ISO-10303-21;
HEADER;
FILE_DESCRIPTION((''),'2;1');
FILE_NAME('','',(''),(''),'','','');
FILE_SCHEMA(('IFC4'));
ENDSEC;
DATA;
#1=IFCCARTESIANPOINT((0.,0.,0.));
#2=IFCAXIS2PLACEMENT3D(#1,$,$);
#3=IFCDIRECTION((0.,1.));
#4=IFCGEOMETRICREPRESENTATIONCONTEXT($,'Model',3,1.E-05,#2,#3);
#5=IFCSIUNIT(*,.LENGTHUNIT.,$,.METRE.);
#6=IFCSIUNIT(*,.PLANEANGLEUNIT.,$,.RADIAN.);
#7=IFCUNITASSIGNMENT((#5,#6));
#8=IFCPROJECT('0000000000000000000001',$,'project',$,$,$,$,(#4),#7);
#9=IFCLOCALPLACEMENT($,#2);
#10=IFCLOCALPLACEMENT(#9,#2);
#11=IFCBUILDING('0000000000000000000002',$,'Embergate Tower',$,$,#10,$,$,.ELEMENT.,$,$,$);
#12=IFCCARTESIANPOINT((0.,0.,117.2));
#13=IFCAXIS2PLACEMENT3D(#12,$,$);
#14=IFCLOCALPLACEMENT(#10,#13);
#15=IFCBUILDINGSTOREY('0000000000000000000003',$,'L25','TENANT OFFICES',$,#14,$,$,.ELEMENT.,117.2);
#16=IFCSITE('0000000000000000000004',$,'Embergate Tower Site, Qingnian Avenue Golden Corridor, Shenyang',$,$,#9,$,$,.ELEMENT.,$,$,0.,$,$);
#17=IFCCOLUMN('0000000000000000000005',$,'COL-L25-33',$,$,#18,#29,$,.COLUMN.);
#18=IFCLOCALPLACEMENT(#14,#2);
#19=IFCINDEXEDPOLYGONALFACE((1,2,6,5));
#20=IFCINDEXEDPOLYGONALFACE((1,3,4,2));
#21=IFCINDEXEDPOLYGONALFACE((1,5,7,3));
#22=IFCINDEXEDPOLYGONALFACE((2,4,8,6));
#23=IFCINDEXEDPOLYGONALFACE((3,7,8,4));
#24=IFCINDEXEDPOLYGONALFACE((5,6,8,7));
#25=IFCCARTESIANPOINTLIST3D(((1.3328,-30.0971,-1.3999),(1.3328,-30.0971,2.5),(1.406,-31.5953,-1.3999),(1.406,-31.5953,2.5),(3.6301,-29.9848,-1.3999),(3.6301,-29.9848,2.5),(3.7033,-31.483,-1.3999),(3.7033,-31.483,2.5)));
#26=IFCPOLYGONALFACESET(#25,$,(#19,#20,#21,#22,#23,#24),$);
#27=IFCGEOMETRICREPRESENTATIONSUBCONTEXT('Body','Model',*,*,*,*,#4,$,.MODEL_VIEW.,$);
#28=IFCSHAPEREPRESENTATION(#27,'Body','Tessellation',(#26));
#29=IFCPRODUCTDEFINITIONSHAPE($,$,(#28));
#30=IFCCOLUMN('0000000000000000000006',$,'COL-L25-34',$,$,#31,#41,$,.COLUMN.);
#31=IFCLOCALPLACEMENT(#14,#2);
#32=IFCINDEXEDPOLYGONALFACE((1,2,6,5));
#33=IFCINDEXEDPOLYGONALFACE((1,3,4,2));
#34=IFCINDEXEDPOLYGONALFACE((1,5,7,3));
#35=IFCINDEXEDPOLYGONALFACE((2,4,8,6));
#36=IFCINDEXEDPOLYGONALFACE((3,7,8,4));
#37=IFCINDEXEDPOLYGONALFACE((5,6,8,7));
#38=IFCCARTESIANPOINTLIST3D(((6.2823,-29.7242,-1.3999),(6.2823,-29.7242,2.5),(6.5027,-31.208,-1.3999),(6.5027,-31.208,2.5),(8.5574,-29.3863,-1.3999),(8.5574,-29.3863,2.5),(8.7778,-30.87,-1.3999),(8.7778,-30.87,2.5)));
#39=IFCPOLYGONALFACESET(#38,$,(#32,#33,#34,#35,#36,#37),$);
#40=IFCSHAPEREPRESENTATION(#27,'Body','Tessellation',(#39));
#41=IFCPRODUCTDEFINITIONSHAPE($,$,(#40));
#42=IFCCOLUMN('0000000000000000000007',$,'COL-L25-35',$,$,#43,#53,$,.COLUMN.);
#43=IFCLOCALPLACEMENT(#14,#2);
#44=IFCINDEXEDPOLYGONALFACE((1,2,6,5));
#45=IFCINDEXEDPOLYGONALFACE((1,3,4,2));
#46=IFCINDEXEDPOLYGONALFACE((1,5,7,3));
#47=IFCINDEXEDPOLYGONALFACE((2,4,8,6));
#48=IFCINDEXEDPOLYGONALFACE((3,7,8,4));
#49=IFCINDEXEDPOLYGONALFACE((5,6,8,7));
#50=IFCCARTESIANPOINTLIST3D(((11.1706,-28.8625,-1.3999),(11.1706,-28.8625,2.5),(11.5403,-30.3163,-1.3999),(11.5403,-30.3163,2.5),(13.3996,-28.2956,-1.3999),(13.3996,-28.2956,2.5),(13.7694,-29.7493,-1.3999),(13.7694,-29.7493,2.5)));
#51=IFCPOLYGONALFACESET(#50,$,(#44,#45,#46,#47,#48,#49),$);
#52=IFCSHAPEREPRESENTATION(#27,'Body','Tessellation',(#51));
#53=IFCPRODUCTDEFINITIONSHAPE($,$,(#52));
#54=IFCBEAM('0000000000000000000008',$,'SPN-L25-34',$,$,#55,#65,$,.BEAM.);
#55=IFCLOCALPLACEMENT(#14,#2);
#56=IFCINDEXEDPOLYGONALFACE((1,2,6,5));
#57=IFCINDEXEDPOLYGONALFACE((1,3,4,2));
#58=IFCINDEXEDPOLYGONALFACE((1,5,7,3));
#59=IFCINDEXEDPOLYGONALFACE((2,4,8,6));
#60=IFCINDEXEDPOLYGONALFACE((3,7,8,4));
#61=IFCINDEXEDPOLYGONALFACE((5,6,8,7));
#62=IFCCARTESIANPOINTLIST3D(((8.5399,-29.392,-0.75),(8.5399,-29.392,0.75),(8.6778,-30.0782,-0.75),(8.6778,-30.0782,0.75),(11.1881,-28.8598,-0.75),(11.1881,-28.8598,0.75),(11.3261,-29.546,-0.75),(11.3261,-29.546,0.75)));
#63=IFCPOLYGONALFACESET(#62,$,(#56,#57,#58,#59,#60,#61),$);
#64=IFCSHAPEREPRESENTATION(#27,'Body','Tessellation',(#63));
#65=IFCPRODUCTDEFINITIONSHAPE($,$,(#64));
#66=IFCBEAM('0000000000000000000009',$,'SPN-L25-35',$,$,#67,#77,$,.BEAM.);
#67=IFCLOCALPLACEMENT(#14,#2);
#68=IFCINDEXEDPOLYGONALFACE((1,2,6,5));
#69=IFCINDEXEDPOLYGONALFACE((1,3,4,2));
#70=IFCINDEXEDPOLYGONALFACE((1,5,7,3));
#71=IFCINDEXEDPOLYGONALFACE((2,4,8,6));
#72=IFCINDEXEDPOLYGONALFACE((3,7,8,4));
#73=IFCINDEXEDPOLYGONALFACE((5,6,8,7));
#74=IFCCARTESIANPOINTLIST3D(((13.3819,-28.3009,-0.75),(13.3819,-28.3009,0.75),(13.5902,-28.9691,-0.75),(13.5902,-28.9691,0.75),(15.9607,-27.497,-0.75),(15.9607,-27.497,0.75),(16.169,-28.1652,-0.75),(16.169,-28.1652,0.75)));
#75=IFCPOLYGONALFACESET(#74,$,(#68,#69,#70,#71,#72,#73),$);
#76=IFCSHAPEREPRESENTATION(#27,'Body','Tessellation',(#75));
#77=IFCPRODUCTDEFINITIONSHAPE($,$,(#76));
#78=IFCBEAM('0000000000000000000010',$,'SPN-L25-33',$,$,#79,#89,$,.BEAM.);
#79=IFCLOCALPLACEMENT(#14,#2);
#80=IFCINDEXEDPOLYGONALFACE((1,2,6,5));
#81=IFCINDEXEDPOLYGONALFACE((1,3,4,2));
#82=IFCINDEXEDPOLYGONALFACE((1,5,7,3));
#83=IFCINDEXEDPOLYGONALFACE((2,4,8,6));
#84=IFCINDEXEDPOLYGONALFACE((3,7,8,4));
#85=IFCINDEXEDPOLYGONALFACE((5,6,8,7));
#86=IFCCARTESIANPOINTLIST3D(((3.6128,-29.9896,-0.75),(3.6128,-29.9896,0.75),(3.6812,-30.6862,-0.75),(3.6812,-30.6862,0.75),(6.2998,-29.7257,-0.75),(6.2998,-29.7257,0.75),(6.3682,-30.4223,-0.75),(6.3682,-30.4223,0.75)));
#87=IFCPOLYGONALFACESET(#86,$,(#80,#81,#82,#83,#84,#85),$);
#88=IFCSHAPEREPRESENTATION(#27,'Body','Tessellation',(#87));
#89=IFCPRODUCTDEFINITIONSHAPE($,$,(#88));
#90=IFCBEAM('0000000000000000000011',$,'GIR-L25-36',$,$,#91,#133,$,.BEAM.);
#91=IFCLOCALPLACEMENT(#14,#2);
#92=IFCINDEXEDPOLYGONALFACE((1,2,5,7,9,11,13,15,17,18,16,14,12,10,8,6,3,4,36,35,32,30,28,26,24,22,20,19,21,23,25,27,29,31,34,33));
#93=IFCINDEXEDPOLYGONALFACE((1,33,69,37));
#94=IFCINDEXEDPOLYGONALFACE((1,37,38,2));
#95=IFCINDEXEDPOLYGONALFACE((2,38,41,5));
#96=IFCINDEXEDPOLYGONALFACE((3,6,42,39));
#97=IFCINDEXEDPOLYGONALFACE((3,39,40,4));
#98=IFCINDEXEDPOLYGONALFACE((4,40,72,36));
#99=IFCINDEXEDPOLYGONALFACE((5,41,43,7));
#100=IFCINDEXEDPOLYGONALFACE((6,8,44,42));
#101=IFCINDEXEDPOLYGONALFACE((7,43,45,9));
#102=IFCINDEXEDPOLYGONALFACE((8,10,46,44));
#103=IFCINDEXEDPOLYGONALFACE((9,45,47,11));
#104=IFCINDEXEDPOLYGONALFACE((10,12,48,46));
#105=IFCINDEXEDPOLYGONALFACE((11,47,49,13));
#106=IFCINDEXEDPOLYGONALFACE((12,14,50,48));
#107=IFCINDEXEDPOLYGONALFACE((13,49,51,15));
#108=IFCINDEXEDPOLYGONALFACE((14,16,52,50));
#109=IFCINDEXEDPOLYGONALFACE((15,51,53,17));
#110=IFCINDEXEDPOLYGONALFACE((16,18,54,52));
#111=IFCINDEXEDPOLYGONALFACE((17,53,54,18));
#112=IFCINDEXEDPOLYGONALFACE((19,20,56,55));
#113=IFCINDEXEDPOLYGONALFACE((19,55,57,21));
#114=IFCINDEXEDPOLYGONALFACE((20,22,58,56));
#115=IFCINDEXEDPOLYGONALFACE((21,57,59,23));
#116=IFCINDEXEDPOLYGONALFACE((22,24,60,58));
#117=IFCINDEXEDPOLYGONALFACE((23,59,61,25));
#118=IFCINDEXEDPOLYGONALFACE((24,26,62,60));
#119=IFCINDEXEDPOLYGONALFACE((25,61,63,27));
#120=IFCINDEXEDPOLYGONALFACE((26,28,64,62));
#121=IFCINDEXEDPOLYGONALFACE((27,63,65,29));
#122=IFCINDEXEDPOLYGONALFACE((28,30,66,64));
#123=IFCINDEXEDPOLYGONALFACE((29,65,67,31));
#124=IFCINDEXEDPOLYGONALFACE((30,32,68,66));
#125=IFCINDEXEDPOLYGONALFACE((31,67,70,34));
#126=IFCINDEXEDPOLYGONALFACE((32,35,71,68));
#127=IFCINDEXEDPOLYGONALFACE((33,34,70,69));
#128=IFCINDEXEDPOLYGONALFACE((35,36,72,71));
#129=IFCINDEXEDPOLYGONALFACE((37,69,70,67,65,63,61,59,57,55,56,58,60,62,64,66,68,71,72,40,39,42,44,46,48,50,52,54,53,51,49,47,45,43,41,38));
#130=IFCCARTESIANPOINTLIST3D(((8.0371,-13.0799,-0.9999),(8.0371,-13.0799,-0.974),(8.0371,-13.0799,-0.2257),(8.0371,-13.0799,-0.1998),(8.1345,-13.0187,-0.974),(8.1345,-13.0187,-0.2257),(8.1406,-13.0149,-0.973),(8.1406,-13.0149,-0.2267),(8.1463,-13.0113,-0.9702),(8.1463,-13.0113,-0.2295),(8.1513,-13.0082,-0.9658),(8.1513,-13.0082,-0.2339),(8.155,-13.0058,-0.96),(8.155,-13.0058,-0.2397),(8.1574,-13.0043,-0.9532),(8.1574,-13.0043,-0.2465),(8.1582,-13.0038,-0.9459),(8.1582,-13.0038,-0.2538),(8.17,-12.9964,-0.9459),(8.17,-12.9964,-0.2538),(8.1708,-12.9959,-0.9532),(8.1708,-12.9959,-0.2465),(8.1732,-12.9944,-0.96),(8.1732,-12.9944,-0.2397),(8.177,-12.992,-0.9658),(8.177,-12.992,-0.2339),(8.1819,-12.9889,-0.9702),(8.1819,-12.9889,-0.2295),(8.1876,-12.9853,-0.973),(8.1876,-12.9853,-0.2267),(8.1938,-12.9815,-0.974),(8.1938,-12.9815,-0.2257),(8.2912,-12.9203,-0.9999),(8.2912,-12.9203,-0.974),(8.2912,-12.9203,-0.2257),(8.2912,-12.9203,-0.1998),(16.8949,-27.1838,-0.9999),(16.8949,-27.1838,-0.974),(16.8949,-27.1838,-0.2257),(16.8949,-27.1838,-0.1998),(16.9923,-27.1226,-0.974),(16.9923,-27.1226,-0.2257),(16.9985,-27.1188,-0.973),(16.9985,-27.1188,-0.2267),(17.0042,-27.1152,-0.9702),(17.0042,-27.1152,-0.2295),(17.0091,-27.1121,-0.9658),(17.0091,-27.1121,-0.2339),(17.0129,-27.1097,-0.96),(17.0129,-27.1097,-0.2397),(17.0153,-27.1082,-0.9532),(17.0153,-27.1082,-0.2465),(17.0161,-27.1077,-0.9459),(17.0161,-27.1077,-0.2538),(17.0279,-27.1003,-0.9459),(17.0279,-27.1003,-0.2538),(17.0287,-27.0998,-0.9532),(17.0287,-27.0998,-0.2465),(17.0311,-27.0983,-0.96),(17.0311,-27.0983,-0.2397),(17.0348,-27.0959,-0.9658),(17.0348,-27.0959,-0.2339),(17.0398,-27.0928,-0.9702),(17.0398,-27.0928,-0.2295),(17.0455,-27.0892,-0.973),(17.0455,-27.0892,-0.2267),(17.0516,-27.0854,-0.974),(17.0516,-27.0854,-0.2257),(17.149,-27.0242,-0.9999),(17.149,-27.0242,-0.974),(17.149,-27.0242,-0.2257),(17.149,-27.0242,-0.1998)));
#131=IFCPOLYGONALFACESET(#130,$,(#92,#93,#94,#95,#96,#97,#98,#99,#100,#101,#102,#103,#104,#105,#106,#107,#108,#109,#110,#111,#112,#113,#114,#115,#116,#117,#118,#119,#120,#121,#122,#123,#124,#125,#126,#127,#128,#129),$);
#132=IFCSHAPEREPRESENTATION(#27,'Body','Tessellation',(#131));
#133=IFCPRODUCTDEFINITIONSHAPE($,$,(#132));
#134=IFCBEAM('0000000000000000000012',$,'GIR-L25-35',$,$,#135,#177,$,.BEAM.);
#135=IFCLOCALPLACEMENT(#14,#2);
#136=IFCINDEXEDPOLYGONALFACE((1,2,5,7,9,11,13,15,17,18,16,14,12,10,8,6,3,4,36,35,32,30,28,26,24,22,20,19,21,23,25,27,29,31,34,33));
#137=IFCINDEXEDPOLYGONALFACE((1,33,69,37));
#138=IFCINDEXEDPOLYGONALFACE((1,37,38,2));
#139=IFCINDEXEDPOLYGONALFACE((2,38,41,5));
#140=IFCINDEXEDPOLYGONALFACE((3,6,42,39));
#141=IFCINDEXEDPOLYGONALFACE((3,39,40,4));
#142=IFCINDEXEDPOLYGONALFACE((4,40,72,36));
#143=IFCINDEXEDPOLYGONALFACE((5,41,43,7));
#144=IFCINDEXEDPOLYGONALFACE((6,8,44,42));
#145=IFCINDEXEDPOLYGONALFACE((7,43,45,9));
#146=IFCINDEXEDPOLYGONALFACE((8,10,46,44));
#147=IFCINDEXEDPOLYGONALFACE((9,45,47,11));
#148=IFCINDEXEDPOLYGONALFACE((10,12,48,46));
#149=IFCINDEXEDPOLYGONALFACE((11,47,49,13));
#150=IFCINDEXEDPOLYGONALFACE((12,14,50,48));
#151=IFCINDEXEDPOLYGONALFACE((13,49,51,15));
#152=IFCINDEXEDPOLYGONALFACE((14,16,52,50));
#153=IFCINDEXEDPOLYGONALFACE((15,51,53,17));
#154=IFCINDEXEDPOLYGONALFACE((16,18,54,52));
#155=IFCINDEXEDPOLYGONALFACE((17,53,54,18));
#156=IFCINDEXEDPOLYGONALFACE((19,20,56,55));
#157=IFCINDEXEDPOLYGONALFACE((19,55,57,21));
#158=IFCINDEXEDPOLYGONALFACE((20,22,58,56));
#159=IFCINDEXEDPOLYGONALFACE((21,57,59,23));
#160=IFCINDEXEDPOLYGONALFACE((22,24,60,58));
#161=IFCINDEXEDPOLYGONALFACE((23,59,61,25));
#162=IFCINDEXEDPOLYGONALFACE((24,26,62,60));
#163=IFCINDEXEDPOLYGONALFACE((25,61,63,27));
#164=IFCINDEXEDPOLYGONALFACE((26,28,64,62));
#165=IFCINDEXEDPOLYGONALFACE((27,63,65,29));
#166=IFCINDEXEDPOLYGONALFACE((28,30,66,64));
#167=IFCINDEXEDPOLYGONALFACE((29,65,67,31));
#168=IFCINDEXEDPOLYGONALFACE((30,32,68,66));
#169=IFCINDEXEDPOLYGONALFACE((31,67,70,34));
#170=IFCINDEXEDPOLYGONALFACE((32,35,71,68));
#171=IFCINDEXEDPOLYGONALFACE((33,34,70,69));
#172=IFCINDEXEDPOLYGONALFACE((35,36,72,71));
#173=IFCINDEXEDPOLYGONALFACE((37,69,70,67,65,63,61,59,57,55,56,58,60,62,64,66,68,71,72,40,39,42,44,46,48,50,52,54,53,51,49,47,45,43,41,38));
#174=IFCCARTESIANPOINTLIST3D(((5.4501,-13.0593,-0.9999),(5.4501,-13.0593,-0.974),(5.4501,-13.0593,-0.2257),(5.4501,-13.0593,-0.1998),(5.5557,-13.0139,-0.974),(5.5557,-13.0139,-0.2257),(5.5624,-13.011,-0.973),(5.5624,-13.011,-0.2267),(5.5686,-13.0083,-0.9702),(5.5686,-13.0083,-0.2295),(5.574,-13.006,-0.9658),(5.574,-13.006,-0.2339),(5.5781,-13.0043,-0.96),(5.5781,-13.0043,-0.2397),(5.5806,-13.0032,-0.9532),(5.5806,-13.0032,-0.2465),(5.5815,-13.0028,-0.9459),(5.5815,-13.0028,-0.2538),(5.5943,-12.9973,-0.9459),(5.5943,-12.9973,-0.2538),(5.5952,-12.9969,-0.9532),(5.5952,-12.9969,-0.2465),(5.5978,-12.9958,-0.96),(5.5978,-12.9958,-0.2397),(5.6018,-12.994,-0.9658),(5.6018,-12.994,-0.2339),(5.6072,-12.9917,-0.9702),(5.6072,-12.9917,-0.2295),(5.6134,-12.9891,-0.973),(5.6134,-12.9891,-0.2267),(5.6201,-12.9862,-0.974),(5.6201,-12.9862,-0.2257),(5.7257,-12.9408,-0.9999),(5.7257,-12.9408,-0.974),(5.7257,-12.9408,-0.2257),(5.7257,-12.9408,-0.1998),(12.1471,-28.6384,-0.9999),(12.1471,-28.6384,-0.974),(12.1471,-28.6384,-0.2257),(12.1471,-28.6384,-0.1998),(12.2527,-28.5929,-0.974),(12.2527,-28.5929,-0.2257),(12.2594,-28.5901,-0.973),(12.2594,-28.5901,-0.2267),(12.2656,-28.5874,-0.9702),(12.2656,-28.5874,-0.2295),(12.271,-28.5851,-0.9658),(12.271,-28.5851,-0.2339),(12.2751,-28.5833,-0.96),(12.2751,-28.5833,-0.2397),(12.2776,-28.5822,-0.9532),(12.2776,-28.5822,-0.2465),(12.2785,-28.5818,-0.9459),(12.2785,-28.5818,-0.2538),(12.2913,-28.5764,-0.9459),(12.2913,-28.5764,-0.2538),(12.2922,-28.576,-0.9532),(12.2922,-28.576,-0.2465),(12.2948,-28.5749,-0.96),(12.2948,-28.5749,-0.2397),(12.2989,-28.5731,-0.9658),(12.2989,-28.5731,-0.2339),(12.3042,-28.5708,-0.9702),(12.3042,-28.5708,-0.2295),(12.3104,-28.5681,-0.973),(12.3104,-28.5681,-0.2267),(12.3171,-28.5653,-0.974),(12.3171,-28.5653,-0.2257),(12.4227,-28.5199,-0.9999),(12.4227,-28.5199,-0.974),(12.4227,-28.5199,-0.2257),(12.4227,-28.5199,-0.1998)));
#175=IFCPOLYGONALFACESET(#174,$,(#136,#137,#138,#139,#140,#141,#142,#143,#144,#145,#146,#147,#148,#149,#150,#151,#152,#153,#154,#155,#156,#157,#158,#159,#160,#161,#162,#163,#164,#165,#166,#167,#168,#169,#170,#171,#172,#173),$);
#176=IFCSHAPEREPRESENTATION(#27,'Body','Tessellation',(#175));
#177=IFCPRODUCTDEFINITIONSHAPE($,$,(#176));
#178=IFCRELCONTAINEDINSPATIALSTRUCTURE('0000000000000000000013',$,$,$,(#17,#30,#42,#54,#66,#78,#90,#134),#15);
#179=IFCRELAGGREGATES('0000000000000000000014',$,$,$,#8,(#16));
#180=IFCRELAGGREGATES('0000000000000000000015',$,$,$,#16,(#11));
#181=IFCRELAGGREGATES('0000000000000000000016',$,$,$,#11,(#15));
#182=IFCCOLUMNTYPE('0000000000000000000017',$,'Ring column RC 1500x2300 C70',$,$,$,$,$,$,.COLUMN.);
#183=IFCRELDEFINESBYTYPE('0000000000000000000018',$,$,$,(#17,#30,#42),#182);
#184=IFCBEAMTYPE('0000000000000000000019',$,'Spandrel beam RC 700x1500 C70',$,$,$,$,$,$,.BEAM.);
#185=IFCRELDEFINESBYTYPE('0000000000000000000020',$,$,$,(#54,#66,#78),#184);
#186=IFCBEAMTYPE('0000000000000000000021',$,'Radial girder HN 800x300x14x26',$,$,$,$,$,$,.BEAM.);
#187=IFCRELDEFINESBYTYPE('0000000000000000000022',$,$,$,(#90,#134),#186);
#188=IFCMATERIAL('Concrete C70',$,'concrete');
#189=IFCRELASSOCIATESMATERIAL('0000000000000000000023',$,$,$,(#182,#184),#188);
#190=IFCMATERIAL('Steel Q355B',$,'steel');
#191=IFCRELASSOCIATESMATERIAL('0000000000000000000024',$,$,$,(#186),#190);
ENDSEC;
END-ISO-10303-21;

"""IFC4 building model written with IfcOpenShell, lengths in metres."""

from ifc_helpers import new_model, si_unit, direction, frame, origin, origin_2d, place, context, subcontext, project, spatial, rectangle, i_section, extrude, source, transform, mapped, material, material_profile, profile_set, type_object, element, save


model = new_model("IFC4")

# Units and contexts
model_context = context("Model", 3, precision=1e-05, world=origin(), true_north=direction((0.0, 1.0)))
body_context = subcontext(model_context, "Body", "Model", "MODEL_VIEW")
ifc_project = project(units=[si_unit("LENGTHUNIT", "METRE"), si_unit("PLANEANGLEUNIT", "RADIAN")], contexts=[model_context])

# Site, building, storey
site_placement = place(None, origin())
site = spatial("IfcSite", under=ifc_project, at=site_placement, Name="Embergate Tower Site, Qingnian Avenue Golden Corridor, Shenyang", CompositionType="ELEMENT", RefElevation=0.0)
building_placement = place(site_placement, origin())
building = spatial("IfcBuilding", under=site, at=building_placement, Name="Embergate Tower", CompositionType="ELEMENT")
storey_placement = place(building_placement, frame((0.0, 0.0, 117.2)))
storey = spatial("IfcBuildingStorey", under=building, at=storey_placement, Name="L25", Description="TENANT OFFICES", CompositionType="ELEMENT", Elevation=117.2)

# Columns
ifc_material_1 = material(Name="Concrete C70", Category="concrete")
ifc_material_profile_1 = material_profile(ifc_material_1, rectangle(XDim=1.5, YDim=2.3, at=origin_2d()), Name="RC 1500x2300")
ifc_profile_set_1 = profile_set([ifc_material_profile_1], Name="Concrete C70")
column_type = type_object("IfcColumnType", Name="Ring column RC 1500x2300 C70", PredefinedType="COLUMN", material=ifc_profile_set_1)
shared_shape_1 = source(origin(), body_context, "Body", "SweptSolid", [
    extrude(rectangle(XDim=1.5, YDim=2.3, at=origin_2d()), origin(), (0.0, 0.0, 1.0), 3.8999),
])
for number, where, z_axis, x_axis, name in (
    (1, (2.5181, -30.79, -1.3999), (0.0, 0.0, 1.0), (0.048815, -0.998808, 0.0), "COL-L25-33"),
    (2, (7.53, -30.2971, -1.3999), (0.0, 0.0, 1.0), (0.146929, -0.989147, 0.0), "COL-L25-34"),
    (3, (12.47, -29.3059, -1.3999), (0.0, 0.0, 1.0), (0.246509, -0.969141, 0.0), "COL-L25-35"),
):
    element("IfcColumn", number, at=place(storey_placement, frame(where, z_axis=z_axis, x_axis=x_axis)), inside=storey, type_object=column_type, Name=name, PredefinedType="COLUMN", context=body_context, shape_type="MappedRepresentation", body=[
        mapped(shared_shape_1, transform((0.0, 0.0, 0.0))),
    ])

# Beams
ifc_material_profile_2 = material_profile(ifc_material_1, rectangle(XDim=0.7, YDim=1.5, at=origin_2d()), Name="RC 700x1500")
ifc_profile_set_2 = profile_set([ifc_material_profile_2], Name="Concrete C70")
beam_type_1 = type_object("IfcBeamType", Name="Spandrel beam RC 700x1500 C70", PredefinedType="BEAM", material=ifc_profile_set_2)
shared_shape_2 = source(origin(), body_context, "Body", "SweptSolid", [
    extrude(rectangle(XDim=0.7, YDim=1.5, at=origin_2d()), origin(), (0.0, 0.0, 1.0), 2.7012),
])
for number, where, z_axis, x_axis, name in (
    (4, (8.6089, -29.7351, 0.0), (0.980396, 0.197037, 0.0), (-0.197037, 0.980396, 0.0), "SPN-L25-34"),
    (5, (13.4861, -28.635, 0.0), (0.954684, 0.297621, 0.0), (-0.297621, 0.954684, 0.0), "SPN-L25-35"),
):
    element("IfcBeam", number, at=place(storey_placement, frame(where, z_axis=z_axis, x_axis=x_axis)), inside=storey, type_object=beam_type_1, Name=name, PredefinedType="BEAM", context=body_context, shape_type="MappedRepresentation", body=[
        mapped(shared_shape_2, transform((0.0, 0.0, 0.0))),
    ])
shared_shape_3 = source(origin(), body_context, "Body", "SweptSolid", [
    extrude(rectangle(XDim=0.7, YDim=1.5, at=origin_2d()), origin(), (0.0, 0.0, 1.0), 2.7),
])
beam_1_placement = place(storey_placement, frame((3.647, -30.3379, 0.0), z_axis=(0.995211, 0.097749, 0.0), x_axis=(-0.097749, 0.995211, 0.0)))
element("IfcBeam", 6, at=beam_1_placement, inside=storey, type_object=beam_type_1, Name="SPN-L25-33", PredefinedType="BEAM", context=body_context, shape_type="MappedRepresentation", body=[
    mapped(shared_shape_3, transform((0.0, 0.0, 0.0))),
])
ifc_material_2 = material(Name="Steel Q355B", Category="steel")
ifc_material_profile_3 = material_profile(ifc_material_2, i_section(OverallWidth=0.3, OverallDepth=0.8, WebThickness=0.0139, FlangeThickness=0.0259, FilletRadius=0.0281, at=origin_2d()), Name="HN 800x300x14x26")
ifc_profile_set_3 = profile_set([ifc_material_profile_3], Name="Steel Q355 grade B")
beam_type_2 = type_object("IfcBeamType", Name="Radial girder HN 800x300x14x26", PredefinedType="BEAM", material=ifc_profile_set_3)
shared_shape_4 = source(origin(), body_context, "Body", "SweptSolid", [
    extrude(i_section(OverallWidth=0.3, OverallDepth=0.8, WebThickness=0.0139, FlangeThickness=0.0259, FilletRadius=0.0281, at=origin_2d()), origin(), (0.0, 0.0, 1.0), 16.6548),
])
beam_2_placement = place(storey_placement, frame((17.022, -27.104, -0.5999), z_axis=(-0.53185, 0.846838, 0.0), x_axis=(-0.846838, -0.53185, 0.0)))
element("IfcBeam", 7, at=beam_2_placement, inside=storey, type_object=beam_type_2, Name="GIR-L25-36", PredefinedType="BEAM", context=body_context, shape_type="MappedRepresentation", body=[
    mapped(shared_shape_4, transform((0.0, 0.0, 0.0))),
])
shared_shape_5 = source(origin(), body_context, "Body", "SweptSolid", [
    extrude(i_section(OverallWidth=0.3, OverallDepth=0.8, WebThickness=0.0139, FlangeThickness=0.0259, FilletRadius=0.0281, at=origin_2d()), origin(), (0.0, 0.0, 1.0), 16.9575),
])
beam_3_placement = place(storey_placement, frame((12.2849, -28.5791, -0.5999), z_axis=(-0.394929, 0.918712, 0.0), x_axis=(-0.918712, -0.394929, 0.0)))
element("IfcBeam", 8, at=beam_3_placement, inside=storey, type_object=beam_type_2, Name="GIR-L25-35", PredefinedType="BEAM", context=body_context, shape_type="MappedRepresentation", body=[
    mapped(shared_shape_5, transform((0.0, 0.0, 0.0))),
])

save(model, "model.ifc")
